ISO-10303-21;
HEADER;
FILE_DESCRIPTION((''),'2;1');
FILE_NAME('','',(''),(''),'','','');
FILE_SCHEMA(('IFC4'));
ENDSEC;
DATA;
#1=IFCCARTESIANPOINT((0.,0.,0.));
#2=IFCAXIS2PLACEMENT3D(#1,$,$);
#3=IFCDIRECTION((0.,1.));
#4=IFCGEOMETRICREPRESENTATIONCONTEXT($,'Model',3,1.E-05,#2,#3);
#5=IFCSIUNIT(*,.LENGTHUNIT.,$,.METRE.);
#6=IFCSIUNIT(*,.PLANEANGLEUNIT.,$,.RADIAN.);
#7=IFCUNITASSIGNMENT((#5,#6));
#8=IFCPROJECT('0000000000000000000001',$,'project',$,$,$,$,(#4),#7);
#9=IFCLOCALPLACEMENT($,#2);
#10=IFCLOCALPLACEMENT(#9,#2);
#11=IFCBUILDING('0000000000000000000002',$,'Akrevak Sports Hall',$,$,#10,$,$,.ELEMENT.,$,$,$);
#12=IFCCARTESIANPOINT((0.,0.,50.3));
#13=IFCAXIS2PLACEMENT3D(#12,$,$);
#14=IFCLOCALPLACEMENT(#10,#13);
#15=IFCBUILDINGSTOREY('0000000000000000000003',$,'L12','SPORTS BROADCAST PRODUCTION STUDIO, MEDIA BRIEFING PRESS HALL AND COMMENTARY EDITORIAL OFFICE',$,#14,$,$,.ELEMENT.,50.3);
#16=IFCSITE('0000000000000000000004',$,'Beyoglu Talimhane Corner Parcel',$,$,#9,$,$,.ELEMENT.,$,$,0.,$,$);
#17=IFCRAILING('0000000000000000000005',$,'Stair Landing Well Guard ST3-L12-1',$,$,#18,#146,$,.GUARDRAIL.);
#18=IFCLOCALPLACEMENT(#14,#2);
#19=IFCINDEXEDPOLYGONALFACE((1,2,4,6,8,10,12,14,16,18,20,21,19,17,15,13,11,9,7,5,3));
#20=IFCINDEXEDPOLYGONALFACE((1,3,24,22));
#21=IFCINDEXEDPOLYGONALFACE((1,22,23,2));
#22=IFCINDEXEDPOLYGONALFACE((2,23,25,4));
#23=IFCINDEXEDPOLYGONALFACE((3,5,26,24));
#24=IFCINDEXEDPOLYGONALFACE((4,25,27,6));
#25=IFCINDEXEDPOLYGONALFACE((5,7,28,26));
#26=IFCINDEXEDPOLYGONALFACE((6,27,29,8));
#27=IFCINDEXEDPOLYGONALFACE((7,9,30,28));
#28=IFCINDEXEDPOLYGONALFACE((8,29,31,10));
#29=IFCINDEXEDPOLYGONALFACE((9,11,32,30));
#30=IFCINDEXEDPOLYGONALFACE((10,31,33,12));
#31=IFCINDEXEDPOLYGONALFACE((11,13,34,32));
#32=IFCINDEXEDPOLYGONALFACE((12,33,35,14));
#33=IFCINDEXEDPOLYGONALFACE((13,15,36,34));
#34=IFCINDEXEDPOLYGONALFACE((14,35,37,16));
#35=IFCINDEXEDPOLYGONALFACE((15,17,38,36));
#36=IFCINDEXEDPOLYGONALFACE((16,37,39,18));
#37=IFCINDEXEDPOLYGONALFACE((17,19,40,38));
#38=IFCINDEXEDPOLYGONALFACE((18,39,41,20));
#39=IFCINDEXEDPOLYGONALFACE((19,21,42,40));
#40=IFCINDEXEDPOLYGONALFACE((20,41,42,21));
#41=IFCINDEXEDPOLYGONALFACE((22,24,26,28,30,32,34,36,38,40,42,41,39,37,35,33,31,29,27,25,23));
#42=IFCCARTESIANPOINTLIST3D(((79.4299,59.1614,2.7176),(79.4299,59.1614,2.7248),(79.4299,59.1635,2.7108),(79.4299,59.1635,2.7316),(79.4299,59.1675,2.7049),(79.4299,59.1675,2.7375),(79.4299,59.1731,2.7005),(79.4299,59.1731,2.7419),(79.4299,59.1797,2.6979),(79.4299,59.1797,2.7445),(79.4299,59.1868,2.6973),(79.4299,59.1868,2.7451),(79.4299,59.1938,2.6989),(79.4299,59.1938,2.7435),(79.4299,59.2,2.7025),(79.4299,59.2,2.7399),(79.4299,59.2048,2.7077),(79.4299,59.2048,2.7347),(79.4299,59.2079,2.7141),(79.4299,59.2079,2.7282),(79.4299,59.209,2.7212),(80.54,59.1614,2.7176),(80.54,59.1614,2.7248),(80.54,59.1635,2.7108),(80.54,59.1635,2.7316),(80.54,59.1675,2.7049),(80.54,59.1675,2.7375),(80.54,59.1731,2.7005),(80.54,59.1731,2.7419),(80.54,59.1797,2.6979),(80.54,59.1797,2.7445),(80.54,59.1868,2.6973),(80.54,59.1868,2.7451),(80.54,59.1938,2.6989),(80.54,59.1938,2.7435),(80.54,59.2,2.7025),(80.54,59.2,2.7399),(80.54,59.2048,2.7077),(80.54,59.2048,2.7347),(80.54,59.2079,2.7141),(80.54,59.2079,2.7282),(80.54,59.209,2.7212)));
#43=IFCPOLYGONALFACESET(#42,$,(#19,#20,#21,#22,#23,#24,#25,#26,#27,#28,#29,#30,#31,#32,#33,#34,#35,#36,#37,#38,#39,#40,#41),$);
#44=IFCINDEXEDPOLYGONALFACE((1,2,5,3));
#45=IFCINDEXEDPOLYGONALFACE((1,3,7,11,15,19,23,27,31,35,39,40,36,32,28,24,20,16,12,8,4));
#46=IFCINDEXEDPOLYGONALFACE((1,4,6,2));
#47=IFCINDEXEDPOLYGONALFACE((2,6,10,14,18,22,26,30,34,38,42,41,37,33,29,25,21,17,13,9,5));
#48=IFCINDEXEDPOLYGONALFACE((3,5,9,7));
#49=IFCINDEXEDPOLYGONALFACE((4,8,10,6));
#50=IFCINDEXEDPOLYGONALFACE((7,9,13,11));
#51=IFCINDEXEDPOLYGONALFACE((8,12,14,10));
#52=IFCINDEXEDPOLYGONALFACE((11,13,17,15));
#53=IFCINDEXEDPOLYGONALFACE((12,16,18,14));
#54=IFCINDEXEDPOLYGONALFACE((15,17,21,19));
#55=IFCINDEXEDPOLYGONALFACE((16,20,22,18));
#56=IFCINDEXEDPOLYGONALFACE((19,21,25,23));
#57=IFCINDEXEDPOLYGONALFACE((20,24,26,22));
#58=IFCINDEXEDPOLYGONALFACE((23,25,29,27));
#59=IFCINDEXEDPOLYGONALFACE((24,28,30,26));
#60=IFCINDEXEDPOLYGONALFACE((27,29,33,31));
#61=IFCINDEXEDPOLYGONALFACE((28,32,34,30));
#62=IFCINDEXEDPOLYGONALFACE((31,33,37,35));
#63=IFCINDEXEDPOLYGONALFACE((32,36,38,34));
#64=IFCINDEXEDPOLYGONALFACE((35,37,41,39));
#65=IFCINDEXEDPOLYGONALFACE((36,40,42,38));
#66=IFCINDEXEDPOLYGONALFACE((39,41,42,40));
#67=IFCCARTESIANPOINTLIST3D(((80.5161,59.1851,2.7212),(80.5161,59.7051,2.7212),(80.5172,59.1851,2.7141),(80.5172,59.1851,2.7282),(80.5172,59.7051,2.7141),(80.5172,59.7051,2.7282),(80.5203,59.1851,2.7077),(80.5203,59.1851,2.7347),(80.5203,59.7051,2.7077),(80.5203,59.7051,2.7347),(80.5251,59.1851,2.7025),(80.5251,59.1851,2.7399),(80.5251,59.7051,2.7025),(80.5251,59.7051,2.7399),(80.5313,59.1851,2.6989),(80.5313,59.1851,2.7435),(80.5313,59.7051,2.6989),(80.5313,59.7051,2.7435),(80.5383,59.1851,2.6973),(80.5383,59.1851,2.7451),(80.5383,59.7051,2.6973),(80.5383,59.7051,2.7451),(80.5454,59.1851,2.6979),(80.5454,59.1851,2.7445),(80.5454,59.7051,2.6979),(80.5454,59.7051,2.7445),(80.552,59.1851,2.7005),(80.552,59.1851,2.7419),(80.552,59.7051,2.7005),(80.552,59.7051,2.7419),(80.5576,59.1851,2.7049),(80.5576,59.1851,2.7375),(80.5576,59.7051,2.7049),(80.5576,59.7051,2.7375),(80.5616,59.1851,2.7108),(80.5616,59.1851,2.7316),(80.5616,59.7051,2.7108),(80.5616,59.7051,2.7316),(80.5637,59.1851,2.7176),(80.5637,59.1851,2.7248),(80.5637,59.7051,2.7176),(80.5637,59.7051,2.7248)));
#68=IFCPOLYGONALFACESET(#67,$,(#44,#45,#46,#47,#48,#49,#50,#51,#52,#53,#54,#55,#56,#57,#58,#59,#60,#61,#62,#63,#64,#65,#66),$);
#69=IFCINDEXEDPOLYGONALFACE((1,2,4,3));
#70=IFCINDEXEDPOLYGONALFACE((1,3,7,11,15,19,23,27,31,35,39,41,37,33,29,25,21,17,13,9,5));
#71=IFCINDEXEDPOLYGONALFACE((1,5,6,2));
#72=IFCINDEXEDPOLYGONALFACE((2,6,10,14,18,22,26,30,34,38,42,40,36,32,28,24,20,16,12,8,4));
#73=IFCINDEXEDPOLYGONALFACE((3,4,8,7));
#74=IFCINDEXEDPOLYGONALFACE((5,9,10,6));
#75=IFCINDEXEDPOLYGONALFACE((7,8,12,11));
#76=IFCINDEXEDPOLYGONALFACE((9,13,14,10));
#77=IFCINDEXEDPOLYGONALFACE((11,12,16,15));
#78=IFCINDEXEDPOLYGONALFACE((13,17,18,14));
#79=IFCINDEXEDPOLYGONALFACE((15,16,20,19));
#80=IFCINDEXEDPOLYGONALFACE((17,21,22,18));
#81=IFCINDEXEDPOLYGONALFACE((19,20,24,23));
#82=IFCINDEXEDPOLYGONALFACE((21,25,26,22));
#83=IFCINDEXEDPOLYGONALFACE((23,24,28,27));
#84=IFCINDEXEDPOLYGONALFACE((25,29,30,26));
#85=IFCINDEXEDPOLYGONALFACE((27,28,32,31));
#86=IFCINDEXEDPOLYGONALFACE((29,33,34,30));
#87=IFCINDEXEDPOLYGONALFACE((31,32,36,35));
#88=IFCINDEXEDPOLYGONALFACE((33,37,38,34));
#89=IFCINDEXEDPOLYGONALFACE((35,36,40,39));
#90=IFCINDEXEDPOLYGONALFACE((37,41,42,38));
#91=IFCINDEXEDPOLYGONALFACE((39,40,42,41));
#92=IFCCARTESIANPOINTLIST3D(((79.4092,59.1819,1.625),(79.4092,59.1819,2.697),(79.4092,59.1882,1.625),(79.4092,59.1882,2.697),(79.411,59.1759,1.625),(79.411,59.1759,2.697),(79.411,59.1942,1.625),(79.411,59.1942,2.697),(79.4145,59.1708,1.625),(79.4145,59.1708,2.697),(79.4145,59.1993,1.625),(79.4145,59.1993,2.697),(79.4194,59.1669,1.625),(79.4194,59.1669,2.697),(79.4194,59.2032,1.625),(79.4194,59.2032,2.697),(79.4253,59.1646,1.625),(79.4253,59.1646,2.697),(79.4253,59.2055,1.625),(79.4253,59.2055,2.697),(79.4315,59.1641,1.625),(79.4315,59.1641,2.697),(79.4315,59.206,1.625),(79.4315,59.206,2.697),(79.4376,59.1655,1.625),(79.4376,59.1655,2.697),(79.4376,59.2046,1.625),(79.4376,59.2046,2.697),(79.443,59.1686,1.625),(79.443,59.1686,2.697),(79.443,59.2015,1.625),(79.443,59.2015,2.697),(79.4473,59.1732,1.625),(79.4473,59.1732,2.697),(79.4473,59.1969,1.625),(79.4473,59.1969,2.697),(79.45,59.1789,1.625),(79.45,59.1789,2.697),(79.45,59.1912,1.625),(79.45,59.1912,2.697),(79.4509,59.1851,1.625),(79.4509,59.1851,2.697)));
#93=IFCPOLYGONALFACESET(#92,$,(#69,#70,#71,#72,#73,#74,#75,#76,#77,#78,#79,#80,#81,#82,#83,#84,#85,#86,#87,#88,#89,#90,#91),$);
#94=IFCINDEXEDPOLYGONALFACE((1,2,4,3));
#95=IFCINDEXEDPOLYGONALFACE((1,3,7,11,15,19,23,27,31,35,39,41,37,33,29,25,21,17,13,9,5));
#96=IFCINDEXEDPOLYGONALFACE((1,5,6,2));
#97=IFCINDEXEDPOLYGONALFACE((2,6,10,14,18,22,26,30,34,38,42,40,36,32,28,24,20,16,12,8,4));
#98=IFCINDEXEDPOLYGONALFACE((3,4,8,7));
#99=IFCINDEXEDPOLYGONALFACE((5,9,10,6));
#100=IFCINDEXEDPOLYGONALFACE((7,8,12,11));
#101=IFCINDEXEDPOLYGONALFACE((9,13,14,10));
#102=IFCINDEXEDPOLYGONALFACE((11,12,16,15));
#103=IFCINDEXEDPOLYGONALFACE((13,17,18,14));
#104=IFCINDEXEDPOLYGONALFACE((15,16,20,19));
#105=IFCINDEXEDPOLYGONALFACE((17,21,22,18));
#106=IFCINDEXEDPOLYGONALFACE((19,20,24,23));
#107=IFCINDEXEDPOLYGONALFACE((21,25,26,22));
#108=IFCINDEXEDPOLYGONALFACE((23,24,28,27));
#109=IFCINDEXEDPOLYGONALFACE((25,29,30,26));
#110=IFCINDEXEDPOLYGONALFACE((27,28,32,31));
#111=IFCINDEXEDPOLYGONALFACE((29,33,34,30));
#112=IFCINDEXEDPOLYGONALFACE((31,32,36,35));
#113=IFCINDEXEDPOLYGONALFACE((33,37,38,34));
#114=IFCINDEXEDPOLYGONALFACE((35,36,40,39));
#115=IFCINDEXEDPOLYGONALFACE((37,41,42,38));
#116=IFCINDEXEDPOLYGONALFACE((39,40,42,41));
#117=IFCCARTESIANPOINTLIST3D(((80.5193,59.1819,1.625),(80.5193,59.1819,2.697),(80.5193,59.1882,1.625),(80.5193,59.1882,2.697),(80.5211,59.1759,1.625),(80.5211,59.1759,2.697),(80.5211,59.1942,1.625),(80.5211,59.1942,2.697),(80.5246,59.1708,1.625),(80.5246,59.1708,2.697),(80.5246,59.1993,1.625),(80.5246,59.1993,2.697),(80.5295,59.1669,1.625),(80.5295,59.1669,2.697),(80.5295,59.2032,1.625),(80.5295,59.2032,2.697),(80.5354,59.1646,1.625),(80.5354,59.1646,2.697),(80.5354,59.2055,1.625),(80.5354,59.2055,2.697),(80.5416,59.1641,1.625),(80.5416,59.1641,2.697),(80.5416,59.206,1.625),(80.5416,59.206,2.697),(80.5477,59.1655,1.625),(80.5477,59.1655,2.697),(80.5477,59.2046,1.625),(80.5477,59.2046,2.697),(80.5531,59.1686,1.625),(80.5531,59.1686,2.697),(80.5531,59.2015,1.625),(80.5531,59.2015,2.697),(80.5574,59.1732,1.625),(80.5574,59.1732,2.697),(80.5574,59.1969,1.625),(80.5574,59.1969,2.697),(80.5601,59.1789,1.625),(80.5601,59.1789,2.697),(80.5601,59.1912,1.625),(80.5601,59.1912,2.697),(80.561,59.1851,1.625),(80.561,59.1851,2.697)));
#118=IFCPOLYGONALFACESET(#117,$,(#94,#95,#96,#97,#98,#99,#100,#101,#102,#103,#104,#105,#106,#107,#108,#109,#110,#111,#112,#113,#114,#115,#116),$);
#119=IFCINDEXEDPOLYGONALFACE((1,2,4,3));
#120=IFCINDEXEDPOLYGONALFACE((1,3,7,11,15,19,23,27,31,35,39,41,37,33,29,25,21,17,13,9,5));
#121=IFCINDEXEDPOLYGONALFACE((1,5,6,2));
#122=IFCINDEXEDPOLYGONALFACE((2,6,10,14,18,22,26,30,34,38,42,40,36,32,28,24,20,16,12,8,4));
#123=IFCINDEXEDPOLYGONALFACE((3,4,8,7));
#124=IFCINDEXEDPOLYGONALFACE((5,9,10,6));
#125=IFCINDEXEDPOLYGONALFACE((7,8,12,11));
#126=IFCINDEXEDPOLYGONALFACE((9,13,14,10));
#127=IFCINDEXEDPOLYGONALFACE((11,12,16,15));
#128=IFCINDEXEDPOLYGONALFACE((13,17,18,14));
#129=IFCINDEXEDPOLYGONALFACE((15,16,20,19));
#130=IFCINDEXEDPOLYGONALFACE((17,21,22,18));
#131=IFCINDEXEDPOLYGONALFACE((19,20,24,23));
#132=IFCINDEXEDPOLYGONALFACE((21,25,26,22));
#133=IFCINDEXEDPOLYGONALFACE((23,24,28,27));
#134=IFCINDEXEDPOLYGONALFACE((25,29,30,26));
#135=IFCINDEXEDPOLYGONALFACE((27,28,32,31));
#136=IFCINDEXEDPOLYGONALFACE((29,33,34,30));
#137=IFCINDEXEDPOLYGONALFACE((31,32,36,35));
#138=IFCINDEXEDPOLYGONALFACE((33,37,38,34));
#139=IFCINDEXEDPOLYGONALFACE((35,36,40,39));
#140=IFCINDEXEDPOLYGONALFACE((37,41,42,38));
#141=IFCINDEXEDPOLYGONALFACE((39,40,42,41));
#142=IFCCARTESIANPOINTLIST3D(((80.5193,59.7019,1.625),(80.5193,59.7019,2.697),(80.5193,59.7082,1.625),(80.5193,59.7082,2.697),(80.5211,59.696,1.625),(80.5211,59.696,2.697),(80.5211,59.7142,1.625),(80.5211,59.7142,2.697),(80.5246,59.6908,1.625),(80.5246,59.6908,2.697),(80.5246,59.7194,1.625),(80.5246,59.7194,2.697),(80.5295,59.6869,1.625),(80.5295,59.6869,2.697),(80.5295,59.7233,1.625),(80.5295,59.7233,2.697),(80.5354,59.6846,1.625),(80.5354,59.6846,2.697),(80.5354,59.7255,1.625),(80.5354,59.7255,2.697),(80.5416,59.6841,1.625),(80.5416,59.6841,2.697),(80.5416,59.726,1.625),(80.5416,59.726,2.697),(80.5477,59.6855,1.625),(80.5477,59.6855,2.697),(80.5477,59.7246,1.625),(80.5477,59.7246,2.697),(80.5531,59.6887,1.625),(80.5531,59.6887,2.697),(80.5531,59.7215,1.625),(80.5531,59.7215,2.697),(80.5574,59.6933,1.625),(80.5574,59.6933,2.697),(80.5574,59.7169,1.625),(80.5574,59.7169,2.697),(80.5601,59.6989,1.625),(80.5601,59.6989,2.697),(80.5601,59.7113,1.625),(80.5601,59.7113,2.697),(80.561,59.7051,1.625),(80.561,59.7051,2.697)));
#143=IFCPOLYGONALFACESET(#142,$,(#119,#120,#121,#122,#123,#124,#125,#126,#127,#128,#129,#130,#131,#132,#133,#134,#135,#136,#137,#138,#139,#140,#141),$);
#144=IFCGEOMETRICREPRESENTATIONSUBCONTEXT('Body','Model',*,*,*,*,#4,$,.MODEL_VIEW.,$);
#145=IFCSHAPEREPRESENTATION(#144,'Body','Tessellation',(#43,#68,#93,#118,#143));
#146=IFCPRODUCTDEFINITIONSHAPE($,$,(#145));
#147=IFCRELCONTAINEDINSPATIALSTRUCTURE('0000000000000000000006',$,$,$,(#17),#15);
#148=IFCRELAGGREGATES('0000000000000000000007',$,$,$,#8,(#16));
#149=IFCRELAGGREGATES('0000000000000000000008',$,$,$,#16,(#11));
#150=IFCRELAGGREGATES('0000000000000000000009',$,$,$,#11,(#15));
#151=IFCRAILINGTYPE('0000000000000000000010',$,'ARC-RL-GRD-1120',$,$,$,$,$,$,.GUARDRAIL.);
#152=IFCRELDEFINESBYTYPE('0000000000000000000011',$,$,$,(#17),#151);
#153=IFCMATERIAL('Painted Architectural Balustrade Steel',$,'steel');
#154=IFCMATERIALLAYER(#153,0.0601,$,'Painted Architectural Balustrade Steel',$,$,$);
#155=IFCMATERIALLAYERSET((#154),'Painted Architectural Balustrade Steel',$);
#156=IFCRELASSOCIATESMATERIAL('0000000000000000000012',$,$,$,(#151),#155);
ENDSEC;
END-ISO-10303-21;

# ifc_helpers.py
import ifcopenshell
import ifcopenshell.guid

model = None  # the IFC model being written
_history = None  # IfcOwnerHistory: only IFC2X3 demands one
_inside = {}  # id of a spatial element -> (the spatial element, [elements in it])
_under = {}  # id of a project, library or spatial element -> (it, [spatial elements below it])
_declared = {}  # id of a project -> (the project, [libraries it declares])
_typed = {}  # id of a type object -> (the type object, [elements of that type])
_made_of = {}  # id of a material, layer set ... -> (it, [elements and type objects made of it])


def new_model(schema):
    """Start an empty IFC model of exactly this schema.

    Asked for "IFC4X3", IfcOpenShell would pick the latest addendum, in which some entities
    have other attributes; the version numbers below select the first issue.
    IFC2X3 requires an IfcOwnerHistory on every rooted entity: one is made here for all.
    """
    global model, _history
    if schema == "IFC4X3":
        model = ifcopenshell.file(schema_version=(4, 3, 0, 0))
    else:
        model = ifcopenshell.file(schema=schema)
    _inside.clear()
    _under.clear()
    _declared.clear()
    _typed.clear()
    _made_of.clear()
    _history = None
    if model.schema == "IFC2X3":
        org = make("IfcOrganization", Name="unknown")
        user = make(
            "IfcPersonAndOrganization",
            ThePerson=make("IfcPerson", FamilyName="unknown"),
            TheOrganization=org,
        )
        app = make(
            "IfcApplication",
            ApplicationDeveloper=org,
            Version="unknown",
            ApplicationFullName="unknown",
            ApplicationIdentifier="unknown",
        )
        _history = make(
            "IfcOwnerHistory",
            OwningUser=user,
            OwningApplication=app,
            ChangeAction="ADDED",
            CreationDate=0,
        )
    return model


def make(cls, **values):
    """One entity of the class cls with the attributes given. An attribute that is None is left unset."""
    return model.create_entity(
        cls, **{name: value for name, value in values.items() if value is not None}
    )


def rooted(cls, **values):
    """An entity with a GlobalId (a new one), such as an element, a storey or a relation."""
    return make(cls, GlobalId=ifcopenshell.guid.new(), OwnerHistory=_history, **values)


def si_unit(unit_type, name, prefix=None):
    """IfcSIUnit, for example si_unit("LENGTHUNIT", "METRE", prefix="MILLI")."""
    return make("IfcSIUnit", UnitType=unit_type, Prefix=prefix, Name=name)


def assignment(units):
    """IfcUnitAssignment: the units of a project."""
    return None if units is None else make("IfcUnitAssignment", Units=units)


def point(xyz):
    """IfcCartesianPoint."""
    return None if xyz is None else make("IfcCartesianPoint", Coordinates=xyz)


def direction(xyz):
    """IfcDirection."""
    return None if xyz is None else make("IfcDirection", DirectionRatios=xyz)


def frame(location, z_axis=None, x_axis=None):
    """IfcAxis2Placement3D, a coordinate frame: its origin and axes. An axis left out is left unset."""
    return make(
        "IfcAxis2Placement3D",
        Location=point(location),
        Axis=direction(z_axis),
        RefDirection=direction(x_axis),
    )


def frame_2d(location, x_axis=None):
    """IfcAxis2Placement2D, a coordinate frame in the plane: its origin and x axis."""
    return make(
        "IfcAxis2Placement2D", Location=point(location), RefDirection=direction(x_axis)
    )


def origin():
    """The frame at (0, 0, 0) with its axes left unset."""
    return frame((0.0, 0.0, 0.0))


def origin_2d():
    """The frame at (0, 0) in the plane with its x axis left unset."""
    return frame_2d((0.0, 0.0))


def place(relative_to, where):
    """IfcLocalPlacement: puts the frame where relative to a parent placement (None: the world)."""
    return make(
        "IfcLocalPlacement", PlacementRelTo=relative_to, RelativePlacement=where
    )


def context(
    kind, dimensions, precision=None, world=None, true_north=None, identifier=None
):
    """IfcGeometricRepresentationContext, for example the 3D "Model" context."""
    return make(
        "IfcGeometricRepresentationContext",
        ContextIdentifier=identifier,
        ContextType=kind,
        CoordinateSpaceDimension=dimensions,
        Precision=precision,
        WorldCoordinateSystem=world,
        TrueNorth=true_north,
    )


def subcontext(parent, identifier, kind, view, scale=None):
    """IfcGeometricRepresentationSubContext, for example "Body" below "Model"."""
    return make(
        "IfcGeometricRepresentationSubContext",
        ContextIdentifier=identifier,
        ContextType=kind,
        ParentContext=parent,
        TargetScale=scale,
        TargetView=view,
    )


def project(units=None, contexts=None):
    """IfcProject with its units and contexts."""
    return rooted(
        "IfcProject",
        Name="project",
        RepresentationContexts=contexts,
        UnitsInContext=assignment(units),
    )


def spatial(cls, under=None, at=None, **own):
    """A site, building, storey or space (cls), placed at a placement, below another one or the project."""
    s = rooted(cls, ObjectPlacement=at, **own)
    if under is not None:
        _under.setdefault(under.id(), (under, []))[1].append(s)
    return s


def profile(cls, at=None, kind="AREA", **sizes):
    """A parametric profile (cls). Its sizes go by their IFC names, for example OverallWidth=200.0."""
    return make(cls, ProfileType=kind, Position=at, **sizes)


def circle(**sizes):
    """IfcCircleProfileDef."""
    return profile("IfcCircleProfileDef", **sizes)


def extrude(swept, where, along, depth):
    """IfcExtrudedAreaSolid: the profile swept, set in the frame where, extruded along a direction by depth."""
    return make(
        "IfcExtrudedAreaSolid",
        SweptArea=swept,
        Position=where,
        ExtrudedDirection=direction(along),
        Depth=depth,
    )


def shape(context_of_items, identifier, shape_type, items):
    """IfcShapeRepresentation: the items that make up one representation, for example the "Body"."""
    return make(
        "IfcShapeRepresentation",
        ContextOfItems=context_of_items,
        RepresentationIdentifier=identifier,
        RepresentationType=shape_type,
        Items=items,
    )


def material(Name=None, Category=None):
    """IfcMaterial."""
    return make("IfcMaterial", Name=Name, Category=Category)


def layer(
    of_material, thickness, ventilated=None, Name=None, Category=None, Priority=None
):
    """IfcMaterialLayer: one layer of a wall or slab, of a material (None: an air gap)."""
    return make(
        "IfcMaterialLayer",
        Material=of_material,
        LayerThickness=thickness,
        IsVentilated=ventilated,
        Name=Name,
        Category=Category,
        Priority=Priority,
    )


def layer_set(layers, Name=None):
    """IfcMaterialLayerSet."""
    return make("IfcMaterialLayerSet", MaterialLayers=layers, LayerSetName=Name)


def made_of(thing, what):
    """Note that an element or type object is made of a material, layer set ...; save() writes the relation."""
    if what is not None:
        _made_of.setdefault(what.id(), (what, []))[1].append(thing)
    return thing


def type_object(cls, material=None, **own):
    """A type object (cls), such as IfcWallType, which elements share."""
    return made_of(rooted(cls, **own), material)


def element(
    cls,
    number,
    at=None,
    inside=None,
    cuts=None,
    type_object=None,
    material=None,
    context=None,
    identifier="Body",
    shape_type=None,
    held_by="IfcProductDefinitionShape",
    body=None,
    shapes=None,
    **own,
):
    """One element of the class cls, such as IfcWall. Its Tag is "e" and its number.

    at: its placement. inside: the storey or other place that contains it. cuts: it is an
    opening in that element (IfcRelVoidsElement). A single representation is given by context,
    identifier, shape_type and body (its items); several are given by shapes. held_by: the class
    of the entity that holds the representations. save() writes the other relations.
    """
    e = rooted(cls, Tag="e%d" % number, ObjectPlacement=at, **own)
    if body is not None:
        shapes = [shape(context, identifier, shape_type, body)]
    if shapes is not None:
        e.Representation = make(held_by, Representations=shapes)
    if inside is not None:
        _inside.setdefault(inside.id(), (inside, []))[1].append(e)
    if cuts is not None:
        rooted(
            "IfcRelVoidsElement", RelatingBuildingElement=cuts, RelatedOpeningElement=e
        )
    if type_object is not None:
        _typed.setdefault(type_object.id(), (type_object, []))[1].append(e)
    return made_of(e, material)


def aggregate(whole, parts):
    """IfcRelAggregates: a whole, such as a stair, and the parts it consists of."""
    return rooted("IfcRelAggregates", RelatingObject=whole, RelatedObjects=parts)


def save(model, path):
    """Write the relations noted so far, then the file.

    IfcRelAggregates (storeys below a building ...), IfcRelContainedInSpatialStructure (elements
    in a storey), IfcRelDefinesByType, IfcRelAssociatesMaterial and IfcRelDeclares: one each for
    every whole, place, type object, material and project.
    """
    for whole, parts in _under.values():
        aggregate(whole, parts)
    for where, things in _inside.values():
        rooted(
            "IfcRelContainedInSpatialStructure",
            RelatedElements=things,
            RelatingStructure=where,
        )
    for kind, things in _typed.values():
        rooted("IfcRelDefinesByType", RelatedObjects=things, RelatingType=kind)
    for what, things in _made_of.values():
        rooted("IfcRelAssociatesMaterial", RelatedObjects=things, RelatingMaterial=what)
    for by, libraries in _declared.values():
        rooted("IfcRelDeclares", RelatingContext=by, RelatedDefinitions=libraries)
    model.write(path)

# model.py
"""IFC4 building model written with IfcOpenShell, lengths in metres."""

from ifc_helpers import new_model, si_unit, direction, frame, origin, origin_2d, place, context, subcontext, project, spatial, circle, extrude, material, layer, layer_set, type_object, element, save


model = new_model("IFC4")

# Units and contexts
model_context = context("Model", 3, precision=1e-05, world=origin(), true_north=direction((0.0, 1.0)))
body_context = subcontext(model_context, "Body", "Model", "MODEL_VIEW")
ifc_project = project(units=[si_unit("LENGTHUNIT", "METRE"), si_unit("PLANEANGLEUNIT", "RADIAN")], contexts=[model_context])

# Site, building, storey
site_placement = place(None, origin())
site = spatial("IfcSite", under=ifc_project, at=site_placement, Name="Beyoglu Talimhane Corner Parcel", CompositionType="ELEMENT", RefElevation=0.0)
building_placement = place(site_placement, origin())
building = spatial("IfcBuilding", under=site, at=building_placement, Name="Akrevak Sports Hall", CompositionType="ELEMENT")
storey_placement = place(building_placement, frame((0.0, 0.0, 50.3)))
storey = spatial("IfcBuildingStorey", under=building, at=storey_placement, Name="L12", Description="SPORTS BROADCAST PRODUCTION STUDIO, MEDIA BRIEFING PRESS HALL AND COMMENTARY EDITORIAL OFFICE", CompositionType="ELEMENT", Elevation=50.3)

# Railing
ifc_material_1 = material(Name="Painted Architectural Balustrade Steel", Category="steel")
ifc_layer_1 = layer(ifc_material_1, 0.0601, Name="Painted Architectural Balustrade Steel")
ifc_layer_set_1 = layer_set([ifc_layer_1], Name="Painted Architectural Balustrade Steel")
railing_type_1 = type_object("IfcRailingType", Name="ARC-RL-GRD-1120", PredefinedType="GUARDRAIL", material=ifc_layer_set_1)
railing_1_placement = place(storey_placement, frame((79.4299, 59.1851, 1.625)))
element("IfcRailing", 1, at=railing_1_placement, inside=storey, type_object=railing_type_1, Name="Stair Landing Well Guard ST3-L12-1", PredefinedType="GUARDRAIL", context=body_context, shape_type="SweptSolid", body=[
    extrude(circle(Radius=0.0239, at=origin_2d()), frame((0.0, 0.0, 1.0962), z_axis=(1.0, 0.0, 0.0), x_axis=(0.0, 1.0, 0.0)), (0.0, 0.0, 1.0), 1.1101),
    extrude(circle(Radius=0.0239, at=origin_2d()), frame((1.1101, 0.0, 1.0962), z_axis=(0.0, 1.0, 0.0), x_axis=(-1.0, 0.0, 0.0)), (0.0, 0.0, 1.0), 0.52),
    extrude(circle(Radius=0.021, at=origin_2d()), origin(), (0.0, 0.0, 1.0), 1.072),
    extrude(circle(Radius=0.021, at=origin_2d()), frame((1.1101, 0.0, 0.0)), (0.0, 0.0, 1.0), 1.072),
    extrude(circle(Radius=0.021, at=origin_2d()), frame((1.1101, 0.52, 0.0)), (0.0, 0.0, 1.0), 1.072),
])

save(model, "model.ifc")
